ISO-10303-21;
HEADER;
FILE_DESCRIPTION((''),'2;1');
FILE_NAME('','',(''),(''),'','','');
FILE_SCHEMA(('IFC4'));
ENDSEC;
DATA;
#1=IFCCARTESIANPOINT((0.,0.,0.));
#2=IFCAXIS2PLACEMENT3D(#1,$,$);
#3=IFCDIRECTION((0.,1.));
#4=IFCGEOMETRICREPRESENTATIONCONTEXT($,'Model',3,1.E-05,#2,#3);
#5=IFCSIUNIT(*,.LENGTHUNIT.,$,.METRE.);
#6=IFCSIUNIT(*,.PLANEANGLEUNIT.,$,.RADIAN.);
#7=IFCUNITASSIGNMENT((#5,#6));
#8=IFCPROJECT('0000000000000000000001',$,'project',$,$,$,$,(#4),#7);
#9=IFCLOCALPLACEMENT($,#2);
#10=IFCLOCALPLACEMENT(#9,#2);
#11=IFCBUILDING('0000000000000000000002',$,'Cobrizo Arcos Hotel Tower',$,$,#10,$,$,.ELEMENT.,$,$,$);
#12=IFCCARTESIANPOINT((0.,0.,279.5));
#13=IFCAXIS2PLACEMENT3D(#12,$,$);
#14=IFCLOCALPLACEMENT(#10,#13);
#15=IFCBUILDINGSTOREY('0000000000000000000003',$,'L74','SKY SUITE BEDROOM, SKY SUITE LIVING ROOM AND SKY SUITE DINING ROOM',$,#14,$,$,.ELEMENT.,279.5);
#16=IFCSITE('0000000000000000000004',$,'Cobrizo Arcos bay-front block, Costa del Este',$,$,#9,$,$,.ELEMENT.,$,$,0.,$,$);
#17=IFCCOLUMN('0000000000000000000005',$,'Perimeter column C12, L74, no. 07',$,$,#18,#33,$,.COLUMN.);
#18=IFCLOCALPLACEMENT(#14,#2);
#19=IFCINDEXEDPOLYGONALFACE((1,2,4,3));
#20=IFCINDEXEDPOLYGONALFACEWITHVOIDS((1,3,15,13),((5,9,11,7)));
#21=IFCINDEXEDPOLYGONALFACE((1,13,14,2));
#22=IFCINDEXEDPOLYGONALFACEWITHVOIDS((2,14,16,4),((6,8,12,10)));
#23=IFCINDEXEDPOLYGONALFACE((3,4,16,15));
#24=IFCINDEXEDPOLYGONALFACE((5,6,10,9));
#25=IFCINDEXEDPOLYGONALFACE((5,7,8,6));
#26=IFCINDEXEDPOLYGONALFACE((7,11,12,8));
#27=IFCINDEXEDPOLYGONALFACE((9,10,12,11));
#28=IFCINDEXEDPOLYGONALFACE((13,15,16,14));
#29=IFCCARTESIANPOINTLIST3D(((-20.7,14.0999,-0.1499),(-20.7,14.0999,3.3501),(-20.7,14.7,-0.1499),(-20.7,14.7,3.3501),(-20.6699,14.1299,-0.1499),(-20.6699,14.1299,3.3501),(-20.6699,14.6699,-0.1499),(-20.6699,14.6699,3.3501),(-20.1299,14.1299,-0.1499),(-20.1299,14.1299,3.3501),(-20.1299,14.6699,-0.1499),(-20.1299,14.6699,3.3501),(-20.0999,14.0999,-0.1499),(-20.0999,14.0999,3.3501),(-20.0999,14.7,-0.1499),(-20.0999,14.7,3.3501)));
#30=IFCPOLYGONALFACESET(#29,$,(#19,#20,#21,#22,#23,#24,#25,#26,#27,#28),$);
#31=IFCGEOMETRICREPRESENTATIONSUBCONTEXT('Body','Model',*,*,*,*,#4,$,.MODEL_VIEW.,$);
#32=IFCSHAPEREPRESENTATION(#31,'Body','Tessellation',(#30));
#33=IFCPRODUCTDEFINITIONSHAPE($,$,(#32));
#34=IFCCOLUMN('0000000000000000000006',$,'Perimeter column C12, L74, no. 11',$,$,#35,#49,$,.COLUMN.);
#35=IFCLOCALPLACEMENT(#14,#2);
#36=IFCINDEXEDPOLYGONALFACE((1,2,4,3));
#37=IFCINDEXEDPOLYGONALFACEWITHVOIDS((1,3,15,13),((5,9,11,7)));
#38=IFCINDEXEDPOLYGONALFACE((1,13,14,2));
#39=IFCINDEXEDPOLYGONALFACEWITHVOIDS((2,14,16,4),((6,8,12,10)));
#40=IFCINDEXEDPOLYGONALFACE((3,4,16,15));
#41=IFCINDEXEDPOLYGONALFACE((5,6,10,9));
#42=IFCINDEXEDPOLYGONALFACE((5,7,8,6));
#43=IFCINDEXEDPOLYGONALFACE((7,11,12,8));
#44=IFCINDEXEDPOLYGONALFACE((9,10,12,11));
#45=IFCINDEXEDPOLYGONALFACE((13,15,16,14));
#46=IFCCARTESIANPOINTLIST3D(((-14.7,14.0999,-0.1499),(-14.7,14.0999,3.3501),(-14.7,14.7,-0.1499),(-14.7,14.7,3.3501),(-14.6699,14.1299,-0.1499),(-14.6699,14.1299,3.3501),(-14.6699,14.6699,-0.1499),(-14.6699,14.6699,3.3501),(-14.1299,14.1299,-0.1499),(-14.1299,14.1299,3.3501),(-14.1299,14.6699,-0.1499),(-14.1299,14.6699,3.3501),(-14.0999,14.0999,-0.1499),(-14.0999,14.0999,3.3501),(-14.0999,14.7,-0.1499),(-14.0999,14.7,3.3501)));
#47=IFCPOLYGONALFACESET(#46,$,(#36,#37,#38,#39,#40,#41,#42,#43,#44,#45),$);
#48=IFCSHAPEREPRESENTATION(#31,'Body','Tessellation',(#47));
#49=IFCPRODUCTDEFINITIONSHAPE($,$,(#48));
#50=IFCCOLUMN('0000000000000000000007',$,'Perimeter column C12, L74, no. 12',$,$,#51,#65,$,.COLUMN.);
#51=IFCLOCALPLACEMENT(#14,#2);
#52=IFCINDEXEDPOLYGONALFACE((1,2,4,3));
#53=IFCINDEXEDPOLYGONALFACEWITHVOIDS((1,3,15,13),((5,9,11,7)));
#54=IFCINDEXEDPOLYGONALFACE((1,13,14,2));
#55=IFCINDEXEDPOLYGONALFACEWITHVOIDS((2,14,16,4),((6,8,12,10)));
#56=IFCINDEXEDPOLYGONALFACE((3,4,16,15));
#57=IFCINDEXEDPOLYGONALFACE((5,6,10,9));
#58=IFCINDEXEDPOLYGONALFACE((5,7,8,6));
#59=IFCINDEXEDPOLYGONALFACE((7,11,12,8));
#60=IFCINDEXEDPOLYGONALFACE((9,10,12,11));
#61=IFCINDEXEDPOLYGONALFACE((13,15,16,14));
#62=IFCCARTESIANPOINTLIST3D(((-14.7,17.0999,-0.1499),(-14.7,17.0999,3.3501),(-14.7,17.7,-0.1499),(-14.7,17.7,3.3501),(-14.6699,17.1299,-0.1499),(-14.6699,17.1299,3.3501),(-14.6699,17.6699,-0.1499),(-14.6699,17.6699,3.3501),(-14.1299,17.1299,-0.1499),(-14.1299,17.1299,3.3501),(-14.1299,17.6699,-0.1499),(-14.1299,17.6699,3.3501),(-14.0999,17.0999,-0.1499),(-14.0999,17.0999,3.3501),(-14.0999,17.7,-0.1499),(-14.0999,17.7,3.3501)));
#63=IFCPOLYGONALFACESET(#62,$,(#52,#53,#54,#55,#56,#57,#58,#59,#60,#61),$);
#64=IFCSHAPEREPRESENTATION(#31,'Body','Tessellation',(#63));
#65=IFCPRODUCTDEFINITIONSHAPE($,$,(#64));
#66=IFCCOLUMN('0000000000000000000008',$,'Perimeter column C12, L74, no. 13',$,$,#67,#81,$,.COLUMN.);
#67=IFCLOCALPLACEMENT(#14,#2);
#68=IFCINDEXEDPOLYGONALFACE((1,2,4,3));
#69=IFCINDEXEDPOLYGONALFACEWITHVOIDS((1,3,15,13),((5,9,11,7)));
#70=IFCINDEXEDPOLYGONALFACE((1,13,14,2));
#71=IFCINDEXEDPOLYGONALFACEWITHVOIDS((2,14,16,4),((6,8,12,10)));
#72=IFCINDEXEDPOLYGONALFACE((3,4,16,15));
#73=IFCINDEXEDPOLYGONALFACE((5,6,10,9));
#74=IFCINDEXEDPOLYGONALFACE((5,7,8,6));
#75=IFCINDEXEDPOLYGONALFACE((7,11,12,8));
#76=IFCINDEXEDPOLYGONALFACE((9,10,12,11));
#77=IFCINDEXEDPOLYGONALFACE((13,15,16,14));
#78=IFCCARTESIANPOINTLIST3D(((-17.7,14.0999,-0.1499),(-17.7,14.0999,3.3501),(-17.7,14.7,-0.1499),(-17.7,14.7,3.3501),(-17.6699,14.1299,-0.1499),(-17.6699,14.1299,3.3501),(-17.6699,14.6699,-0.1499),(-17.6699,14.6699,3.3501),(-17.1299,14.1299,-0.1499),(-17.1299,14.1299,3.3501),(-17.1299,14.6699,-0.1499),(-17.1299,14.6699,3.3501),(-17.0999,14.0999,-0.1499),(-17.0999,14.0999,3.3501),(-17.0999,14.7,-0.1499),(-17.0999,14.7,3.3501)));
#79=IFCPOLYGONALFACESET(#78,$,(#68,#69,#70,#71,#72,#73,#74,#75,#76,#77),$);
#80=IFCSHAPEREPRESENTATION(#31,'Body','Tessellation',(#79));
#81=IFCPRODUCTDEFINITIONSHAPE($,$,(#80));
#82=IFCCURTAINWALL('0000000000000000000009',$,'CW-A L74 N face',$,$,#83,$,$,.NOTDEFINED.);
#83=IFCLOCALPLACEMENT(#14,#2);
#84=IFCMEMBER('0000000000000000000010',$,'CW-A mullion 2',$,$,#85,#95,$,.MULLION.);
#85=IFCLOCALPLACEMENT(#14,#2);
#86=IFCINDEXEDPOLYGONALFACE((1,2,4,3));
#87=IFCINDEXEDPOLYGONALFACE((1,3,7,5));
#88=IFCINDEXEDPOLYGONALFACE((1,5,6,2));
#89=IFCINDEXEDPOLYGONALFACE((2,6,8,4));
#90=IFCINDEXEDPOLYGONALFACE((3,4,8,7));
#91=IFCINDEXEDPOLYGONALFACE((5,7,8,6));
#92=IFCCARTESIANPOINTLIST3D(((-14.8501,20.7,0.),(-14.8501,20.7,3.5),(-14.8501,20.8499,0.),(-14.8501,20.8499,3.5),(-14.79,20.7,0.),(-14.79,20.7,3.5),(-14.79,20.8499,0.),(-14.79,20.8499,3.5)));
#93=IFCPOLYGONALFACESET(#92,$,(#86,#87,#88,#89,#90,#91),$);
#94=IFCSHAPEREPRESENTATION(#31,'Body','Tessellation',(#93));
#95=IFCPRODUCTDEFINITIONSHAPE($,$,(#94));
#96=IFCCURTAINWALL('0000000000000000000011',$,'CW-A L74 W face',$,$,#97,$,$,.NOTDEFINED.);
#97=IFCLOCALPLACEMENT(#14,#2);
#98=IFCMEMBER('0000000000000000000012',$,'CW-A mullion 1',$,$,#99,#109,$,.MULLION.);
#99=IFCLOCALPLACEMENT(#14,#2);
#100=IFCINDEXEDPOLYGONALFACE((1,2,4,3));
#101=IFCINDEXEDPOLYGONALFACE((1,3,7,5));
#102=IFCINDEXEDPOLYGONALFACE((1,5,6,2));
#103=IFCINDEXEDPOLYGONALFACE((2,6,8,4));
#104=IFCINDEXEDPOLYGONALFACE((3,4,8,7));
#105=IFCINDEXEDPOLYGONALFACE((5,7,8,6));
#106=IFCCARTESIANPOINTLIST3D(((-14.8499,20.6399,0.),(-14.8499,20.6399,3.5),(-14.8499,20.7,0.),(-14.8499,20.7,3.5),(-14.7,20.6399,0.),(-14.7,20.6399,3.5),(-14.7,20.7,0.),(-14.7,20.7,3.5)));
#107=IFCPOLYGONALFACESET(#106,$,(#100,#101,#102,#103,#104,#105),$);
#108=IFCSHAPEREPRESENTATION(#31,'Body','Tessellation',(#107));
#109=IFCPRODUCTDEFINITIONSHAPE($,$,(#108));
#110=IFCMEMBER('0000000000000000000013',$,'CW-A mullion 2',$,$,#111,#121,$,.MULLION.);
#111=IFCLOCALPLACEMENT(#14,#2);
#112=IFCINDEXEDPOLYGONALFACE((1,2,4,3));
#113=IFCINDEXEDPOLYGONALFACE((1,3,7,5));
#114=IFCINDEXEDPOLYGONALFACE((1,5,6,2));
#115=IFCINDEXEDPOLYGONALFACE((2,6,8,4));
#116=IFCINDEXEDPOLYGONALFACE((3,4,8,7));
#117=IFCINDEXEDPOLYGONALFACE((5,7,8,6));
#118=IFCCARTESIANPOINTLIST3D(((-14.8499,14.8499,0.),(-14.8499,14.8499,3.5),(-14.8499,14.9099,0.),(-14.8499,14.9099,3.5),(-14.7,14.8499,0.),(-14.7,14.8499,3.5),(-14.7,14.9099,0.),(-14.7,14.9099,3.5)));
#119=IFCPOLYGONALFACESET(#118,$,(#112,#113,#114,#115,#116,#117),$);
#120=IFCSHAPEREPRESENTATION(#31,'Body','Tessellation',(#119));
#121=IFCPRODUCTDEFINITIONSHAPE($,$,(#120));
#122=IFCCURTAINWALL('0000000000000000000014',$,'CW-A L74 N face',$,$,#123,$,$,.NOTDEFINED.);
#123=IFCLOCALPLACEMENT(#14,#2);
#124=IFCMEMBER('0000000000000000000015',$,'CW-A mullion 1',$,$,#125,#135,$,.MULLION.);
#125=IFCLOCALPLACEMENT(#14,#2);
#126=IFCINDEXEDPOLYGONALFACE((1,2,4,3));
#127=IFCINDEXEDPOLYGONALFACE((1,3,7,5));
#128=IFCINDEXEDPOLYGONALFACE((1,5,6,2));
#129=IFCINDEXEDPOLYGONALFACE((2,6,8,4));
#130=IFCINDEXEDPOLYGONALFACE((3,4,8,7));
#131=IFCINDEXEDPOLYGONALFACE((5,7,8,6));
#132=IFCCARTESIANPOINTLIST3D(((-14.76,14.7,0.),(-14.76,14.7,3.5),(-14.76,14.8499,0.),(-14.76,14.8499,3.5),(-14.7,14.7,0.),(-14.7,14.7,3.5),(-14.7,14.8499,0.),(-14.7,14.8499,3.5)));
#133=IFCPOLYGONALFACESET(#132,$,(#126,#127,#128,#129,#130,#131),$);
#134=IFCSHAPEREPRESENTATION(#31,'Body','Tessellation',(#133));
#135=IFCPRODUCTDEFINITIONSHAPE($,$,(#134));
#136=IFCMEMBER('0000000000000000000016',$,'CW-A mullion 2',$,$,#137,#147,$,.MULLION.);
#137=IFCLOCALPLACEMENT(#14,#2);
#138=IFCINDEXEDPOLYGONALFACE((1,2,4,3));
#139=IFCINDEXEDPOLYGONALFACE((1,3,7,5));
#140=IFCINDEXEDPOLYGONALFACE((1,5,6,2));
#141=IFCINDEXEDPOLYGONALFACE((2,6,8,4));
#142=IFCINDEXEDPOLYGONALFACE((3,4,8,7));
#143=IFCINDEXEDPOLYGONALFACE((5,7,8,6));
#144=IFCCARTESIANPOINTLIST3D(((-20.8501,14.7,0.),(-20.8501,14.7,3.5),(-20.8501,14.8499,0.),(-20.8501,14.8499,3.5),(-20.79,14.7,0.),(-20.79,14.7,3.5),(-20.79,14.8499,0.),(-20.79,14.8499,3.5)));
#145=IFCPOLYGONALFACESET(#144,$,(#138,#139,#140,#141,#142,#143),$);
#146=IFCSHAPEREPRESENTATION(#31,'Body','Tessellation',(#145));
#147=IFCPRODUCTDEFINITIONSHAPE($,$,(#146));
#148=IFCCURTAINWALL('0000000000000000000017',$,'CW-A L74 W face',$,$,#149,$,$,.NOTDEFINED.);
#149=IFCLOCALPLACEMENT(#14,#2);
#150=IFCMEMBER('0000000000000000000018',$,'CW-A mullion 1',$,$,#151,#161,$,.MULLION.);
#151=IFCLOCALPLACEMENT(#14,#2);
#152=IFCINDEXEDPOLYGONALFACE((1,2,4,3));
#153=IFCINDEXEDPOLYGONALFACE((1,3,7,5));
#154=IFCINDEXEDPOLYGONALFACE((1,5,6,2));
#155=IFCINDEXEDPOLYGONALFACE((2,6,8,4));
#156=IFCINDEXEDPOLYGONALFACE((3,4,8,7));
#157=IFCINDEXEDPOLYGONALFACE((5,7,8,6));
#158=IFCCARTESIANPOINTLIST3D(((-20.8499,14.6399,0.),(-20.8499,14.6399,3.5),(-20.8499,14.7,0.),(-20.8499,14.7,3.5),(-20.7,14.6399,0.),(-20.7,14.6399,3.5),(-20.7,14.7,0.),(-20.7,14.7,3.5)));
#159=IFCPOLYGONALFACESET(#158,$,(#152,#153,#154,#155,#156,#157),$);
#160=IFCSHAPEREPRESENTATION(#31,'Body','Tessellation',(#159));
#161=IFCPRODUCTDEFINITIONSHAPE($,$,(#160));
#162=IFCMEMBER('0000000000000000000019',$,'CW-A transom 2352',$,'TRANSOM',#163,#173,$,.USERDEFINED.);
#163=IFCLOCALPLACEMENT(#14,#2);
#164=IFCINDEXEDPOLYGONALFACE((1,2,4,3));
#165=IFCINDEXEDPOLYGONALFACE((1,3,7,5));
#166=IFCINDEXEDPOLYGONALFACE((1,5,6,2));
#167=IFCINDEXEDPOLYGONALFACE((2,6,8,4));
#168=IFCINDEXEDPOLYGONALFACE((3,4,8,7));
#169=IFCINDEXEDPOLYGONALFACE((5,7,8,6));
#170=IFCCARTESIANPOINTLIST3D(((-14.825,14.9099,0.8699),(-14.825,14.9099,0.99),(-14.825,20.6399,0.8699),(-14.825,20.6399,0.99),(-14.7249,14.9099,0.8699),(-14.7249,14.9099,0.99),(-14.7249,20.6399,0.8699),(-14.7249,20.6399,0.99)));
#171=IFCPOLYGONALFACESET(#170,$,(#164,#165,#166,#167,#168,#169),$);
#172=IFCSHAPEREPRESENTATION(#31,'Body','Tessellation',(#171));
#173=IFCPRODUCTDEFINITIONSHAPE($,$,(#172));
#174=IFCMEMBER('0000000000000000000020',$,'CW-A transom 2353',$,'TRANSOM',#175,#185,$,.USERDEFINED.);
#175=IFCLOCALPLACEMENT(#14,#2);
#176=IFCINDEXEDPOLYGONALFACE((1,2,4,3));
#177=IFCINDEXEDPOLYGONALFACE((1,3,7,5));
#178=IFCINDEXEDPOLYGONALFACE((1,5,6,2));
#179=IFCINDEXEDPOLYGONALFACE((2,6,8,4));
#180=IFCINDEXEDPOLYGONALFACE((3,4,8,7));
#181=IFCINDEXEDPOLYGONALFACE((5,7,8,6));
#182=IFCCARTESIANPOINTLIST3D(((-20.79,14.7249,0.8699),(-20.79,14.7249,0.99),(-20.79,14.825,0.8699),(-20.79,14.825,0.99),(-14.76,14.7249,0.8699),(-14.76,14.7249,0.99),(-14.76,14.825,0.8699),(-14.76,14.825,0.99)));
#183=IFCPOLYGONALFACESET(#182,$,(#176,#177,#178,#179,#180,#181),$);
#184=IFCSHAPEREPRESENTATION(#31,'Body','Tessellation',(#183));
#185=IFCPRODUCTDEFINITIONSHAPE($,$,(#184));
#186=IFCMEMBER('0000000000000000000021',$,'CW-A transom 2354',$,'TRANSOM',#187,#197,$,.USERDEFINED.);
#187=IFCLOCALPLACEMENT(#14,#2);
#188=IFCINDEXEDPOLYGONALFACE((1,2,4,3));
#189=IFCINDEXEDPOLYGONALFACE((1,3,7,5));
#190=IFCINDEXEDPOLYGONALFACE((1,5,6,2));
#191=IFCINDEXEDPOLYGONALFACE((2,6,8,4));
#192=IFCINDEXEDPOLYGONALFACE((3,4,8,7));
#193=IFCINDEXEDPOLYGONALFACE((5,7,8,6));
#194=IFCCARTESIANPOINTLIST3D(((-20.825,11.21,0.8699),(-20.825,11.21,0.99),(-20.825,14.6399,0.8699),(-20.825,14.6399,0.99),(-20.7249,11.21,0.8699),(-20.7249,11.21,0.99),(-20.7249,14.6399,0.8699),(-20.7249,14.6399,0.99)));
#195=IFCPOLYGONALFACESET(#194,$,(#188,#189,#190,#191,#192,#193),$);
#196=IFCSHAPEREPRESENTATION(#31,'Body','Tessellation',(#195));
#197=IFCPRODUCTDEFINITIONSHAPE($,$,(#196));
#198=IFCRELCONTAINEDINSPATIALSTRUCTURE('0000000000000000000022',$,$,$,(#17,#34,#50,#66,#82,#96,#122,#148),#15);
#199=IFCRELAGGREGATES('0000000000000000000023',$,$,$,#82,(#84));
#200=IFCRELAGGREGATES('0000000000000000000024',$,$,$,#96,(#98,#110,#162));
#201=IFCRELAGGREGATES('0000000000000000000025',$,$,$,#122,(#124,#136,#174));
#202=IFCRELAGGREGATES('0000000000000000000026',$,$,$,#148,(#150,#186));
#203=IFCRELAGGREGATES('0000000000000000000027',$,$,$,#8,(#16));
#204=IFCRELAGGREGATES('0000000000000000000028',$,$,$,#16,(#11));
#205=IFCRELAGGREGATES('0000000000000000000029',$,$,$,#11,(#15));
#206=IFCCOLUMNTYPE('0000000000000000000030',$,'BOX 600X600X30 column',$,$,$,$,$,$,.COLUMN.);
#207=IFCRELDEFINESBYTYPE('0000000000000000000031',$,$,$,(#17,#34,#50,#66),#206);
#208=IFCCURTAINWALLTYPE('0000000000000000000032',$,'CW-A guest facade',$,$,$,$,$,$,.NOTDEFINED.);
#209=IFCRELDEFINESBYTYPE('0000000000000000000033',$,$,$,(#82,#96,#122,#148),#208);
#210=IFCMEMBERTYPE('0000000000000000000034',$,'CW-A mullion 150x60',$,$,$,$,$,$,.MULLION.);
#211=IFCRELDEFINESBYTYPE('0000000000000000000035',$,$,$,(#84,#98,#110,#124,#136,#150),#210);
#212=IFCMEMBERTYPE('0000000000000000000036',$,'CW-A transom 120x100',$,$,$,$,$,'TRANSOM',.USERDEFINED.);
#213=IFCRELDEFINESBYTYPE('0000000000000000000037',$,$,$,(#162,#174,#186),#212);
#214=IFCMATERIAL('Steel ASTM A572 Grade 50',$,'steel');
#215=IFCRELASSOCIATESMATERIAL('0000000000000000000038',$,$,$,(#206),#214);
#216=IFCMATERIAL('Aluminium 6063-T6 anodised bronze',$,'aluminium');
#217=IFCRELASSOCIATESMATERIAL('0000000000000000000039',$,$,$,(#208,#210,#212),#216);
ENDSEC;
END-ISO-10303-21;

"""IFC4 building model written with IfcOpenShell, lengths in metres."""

from ifc_helpers import new_model, si_unit, direction, frame, origin, origin_2d, place, context, subcontext, project, spatial, rectangle, hollow_rectangle, extrude, material, material_profile, profile_set, type_object, element, aggregate, save


model = new_model("IFC4")

# Units and contexts
model_context = context("Model", 3, precision=1e-05, world=origin(), true_north=direction((0.0, 1.0)))
body_context = subcontext(model_context, "Body", "Model", "MODEL_VIEW")
ifc_project = project(units=[si_unit("LENGTHUNIT", "METRE"), si_unit("PLANEANGLEUNIT", "RADIAN")], contexts=[model_context])

# Site, building, storey
site_placement = place(None, origin())
site = spatial("IfcSite", under=ifc_project, at=site_placement, Name="Cobrizo Arcos bay-front block, Costa del Este", CompositionType="ELEMENT", RefElevation=0.0)
building_placement = place(site_placement, origin())
building = spatial("IfcBuilding", under=site, at=building_placement, Name="Cobrizo Arcos Hotel Tower", CompositionType="ELEMENT")
storey_placement = place(building_placement, frame((0.0, 0.0, 279.5)))
storey = spatial("IfcBuildingStorey", under=building, at=storey_placement, Name="L74", Description="SKY SUITE BEDROOM, SKY SUITE LIVING ROOM AND SKY SUITE DINING ROOM", CompositionType="ELEMENT", Elevation=279.5)

# Columns
ifc_material_1 = material(Name="Steel ASTM A572 Grade 50", Category="steel")
ifc_material_profile_1 = material_profile(ifc_material_1, hollow_rectangle(XDim=0.6001, YDim=0.6001, WallThickness=0.03, at=origin_2d()), Name="BOX 600X600X30")
ifc_profile_set_1 = profile_set([ifc_material_profile_1], Name="Steel ASTM A572 Grade 50")
column_type = type_object("IfcColumnType", Name="BOX 600X600X30 column", PredefinedType="COLUMN", material=ifc_profile_set_1)
for number, where, z_axis, x_axis, name in (
    (1, (-20.3999, 14.3999, -0.1499), (0.0, 0.0, 1.0), (1.0, 0.0, 0.0), "Perimeter column C12, L74, no. 07"),
    (2, (-14.3999, 14.3999, -0.1499), (0.0, 0.0, 1.0), (1.0, 0.0, 0.0), "Perimeter column C12, L74, no. 11"),
    (3, (-14.3999, 17.3999, -0.1499), (0.0, 0.0, 1.0), (1.0, 0.0, 0.0), "Perimeter column C12, L74, no. 12"),
    (4, (-17.3999, 14.3999, -0.1499), (0.0, 0.0, 1.0), (1.0, 0.0, 0.0), "Perimeter column C12, L74, no. 13"),
):
    element("IfcColumn", number, at=place(storey_placement, frame(where, z_axis=z_axis, x_axis=x_axis)), inside=storey, type_object=column_type, Name=name, PredefinedType="COLUMN", context=body_context, shape_type="SweptSolid", body=[
        extrude(hollow_rectangle(XDim=0.6001, YDim=0.6001, WallThickness=0.03, at=origin_2d()), origin(), (0.0, 0.0, 1.0), 3.5),
    ])

# Curtain wall, member
ifc_material_2 = material(Name="Aluminium 6063-T6 anodised bronze", Category="aluminium")
curtain_wall_type = type_object("IfcCurtainWallType", Name="CW-A guest facade", PredefinedType="NOTDEFINED", material=ifc_material_2)
curtain_wall_1_placement = place(storey_placement, origin())
curtain_wall_1 = element("IfcCurtainWall", 5, at=curtain_wall_1_placement, inside=storey, type_object=curtain_wall_type, Name="CW-A L74 N face", PredefinedType="NOTDEFINED")
ifc_material_profile_2 = material_profile(ifc_material_2, rectangle(XDim=0.1499, YDim=0.0601, at=origin_2d()), Name="CW-A mullion 150x60")
ifc_profile_set_2 = profile_set([ifc_material_profile_2], Name="Aluminium 6063-T6 anodised bronze")
member_type_1 = type_object("IfcMemberType", Name="CW-A mullion 150x60", PredefinedType="MULLION", material=ifc_profile_set_2)
member_1_placement = place(storey_placement, frame((-14.8201, 20.7749, 0.0), z_axis=(0.0, 0.0, 1.0), x_axis=(0.0, 1.0, 0.0)))
member_1 = element("IfcMember", 6, at=member_1_placement, type_object=member_type_1, Name="CW-A mullion 2", PredefinedType="MULLION", context=body_context, shape_type="SweptSolid", body=[
    extrude(rectangle(XDim=0.1499, YDim=0.0601, at=origin_2d()), origin(), (0.0, 0.0, 1.0), 3.5),
])
aggregate(curtain_wall_1, [member_1])

# Curtain walls, members
curtain_wall_2_placement = place(storey_placement, origin())
curtain_wall_2 = element("IfcCurtainWall", 7, at=curtain_wall_2_placement, inside=storey, type_object=curtain_wall_type, Name="CW-A L74 W face", PredefinedType="NOTDEFINED")
member_2_placement = place(storey_placement, frame((-14.7749, 20.6699, 0.0), z_axis=(0.0, 0.0, 1.0), x_axis=(-1.0, 0.0, 0.0)))
member_2 = element("IfcMember", 8, at=member_2_placement, type_object=member_type_1, Name="CW-A mullion 1", PredefinedType="MULLION", context=body_context, shape_type="SweptSolid", body=[
    extrude(rectangle(XDim=0.1499, YDim=0.0601, at=origin_2d()), origin(), (0.0, 0.0, 1.0), 3.5),
])
member_3_placement = place(storey_placement, frame((-14.7749, 14.8799, 0.0), z_axis=(0.0, 0.0, 1.0), x_axis=(-1.0, 0.0, 0.0)))
member_3 = element("IfcMember", 9, at=member_3_placement, type_object=member_type_1, Name="CW-A mullion 2", PredefinedType="MULLION", context=body_context, shape_type="SweptSolid", body=[
    extrude(rectangle(XDim=0.1499, YDim=0.0601, at=origin_2d()), origin(), (0.0, 0.0, 1.0), 3.5),
])
curtain_wall_3_placement = place(storey_placement, origin())
curtain_wall_3 = element("IfcCurtainWall", 10, at=curtain_wall_3_placement, inside=storey, type_object=curtain_wall_type, Name="CW-A L74 N face", PredefinedType="NOTDEFINED")
member_4_placement = place(storey_placement, frame((-14.73, 14.7749, 0.0), z_axis=(0.0, 0.0, 1.0), x_axis=(0.0, 1.0, 0.0)))
member_4 = element("IfcMember", 11, at=member_4_placement, type_object=member_type_1, Name="CW-A mullion 1", PredefinedType="MULLION", context=body_context, shape_type="SweptSolid", body=[
    extrude(rectangle(XDim=0.1499, YDim=0.0601, at=origin_2d()), origin(), (0.0, 0.0, 1.0), 3.5),
])
member_5_placement = place(storey_placement, frame((-20.8201, 14.7749, 0.0), z_axis=(0.0, 0.0, 1.0), x_axis=(0.0, 1.0, 0.0)))
member_5 = element("IfcMember", 12, at=member_5_placement, type_object=member_type_1, Name="CW-A mullion 2", PredefinedType="MULLION", context=body_context, shape_type="SweptSolid", body=[
    extrude(rectangle(XDim=0.1499, YDim=0.0601, at=origin_2d()), origin(), (0.0, 0.0, 1.0), 3.5),
])

# Curtain wall, member
curtain_wall_4_placement = place(storey_placement, origin())
curtain_wall_4 = element("IfcCurtainWall", 13, at=curtain_wall_4_placement, inside=storey, type_object=curtain_wall_type, Name="CW-A L74 W face", PredefinedType="NOTDEFINED")
member_6_placement = place(storey_placement, frame((-20.7749, 14.6699, 0.0), z_axis=(0.0, 0.0, 1.0), x_axis=(-1.0, 0.0, 0.0)))
member_6 = element("IfcMember", 14, at=member_6_placement, type_object=member_type_1, Name="CW-A mullion 1", PredefinedType="MULLION", context=body_context, shape_type="SweptSolid", body=[
    extrude(rectangle(XDim=0.1499, YDim=0.0601, at=origin_2d()), origin(), (0.0, 0.0, 1.0), 3.5),
])

# Members
ifc_material_profile_3 = material_profile(ifc_material_2, rectangle(XDim=0.1001, YDim=0.1201, at=origin_2d()), Name="CW-A transom 120x100")
ifc_profile_set_3 = profile_set([ifc_material_profile_3], Name="Aluminium 6063-T6 anodised bronze")
member_type_2 = type_object("IfcMemberType", Name="CW-A transom 120x100", ElementType="TRANSOM", PredefinedType="USERDEFINED", material=ifc_profile_set_3)
member_7_placement = place(storey_placement, frame((-14.7749, 20.6399, 0.9299), z_axis=(0.0, -1.0, 0.0), x_axis=(1.0, 0.0, 0.0)))
member_7 = element("IfcMember", 15, at=member_7_placement, type_object=member_type_2, Name="CW-A transom 2352", ObjectType="TRANSOM", PredefinedType="USERDEFINED", context=body_context, shape_type="SweptSolid", body=[
    extrude(rectangle(XDim=0.1001, YDim=0.1201, at=origin_2d()), origin(), (0.0, 0.0, 1.0), 5.73),
])
member_8_placement = place(storey_placement, frame((-14.76, 14.7749, 0.9299), z_axis=(-1.0, 0.0, 0.0), x_axis=(0.0, -1.0, 0.0)))
member_8 = element("IfcMember", 16, at=member_8_placement, type_object=member_type_2, Name="CW-A transom 2353", ObjectType="TRANSOM", PredefinedType="USERDEFINED", context=body_context, shape_type="SweptSolid", body=[
    extrude(rectangle(XDim=0.1001, YDim=0.1201, at=origin_2d()), origin(), (0.0, 0.0, 1.0), 6.03),
])
member_9_placement = place(storey_placement, frame((-20.7749, 14.6399, 0.9299), z_axis=(0.0, -1.0, 0.0), x_axis=(1.0, 0.0, 0.0)))
member_9 = element("IfcMember", 17, at=member_9_placement, type_object=member_type_2, Name="CW-A transom 2354", ObjectType="TRANSOM", PredefinedType="USERDEFINED", context=body_context, shape_type="SweptSolid", body=[
    extrude(rectangle(XDim=0.1001, YDim=0.1201, at=origin_2d()), origin(), (0.0, 0.0, 1.0), 3.4299),
])

aggregate(curtain_wall_2, [member_2, member_3, member_7])
aggregate(curtain_wall_3, [member_4, member_5, member_8])
aggregate(curtain_wall_4, [member_6, member_9])

save(model, "model.ifc")
